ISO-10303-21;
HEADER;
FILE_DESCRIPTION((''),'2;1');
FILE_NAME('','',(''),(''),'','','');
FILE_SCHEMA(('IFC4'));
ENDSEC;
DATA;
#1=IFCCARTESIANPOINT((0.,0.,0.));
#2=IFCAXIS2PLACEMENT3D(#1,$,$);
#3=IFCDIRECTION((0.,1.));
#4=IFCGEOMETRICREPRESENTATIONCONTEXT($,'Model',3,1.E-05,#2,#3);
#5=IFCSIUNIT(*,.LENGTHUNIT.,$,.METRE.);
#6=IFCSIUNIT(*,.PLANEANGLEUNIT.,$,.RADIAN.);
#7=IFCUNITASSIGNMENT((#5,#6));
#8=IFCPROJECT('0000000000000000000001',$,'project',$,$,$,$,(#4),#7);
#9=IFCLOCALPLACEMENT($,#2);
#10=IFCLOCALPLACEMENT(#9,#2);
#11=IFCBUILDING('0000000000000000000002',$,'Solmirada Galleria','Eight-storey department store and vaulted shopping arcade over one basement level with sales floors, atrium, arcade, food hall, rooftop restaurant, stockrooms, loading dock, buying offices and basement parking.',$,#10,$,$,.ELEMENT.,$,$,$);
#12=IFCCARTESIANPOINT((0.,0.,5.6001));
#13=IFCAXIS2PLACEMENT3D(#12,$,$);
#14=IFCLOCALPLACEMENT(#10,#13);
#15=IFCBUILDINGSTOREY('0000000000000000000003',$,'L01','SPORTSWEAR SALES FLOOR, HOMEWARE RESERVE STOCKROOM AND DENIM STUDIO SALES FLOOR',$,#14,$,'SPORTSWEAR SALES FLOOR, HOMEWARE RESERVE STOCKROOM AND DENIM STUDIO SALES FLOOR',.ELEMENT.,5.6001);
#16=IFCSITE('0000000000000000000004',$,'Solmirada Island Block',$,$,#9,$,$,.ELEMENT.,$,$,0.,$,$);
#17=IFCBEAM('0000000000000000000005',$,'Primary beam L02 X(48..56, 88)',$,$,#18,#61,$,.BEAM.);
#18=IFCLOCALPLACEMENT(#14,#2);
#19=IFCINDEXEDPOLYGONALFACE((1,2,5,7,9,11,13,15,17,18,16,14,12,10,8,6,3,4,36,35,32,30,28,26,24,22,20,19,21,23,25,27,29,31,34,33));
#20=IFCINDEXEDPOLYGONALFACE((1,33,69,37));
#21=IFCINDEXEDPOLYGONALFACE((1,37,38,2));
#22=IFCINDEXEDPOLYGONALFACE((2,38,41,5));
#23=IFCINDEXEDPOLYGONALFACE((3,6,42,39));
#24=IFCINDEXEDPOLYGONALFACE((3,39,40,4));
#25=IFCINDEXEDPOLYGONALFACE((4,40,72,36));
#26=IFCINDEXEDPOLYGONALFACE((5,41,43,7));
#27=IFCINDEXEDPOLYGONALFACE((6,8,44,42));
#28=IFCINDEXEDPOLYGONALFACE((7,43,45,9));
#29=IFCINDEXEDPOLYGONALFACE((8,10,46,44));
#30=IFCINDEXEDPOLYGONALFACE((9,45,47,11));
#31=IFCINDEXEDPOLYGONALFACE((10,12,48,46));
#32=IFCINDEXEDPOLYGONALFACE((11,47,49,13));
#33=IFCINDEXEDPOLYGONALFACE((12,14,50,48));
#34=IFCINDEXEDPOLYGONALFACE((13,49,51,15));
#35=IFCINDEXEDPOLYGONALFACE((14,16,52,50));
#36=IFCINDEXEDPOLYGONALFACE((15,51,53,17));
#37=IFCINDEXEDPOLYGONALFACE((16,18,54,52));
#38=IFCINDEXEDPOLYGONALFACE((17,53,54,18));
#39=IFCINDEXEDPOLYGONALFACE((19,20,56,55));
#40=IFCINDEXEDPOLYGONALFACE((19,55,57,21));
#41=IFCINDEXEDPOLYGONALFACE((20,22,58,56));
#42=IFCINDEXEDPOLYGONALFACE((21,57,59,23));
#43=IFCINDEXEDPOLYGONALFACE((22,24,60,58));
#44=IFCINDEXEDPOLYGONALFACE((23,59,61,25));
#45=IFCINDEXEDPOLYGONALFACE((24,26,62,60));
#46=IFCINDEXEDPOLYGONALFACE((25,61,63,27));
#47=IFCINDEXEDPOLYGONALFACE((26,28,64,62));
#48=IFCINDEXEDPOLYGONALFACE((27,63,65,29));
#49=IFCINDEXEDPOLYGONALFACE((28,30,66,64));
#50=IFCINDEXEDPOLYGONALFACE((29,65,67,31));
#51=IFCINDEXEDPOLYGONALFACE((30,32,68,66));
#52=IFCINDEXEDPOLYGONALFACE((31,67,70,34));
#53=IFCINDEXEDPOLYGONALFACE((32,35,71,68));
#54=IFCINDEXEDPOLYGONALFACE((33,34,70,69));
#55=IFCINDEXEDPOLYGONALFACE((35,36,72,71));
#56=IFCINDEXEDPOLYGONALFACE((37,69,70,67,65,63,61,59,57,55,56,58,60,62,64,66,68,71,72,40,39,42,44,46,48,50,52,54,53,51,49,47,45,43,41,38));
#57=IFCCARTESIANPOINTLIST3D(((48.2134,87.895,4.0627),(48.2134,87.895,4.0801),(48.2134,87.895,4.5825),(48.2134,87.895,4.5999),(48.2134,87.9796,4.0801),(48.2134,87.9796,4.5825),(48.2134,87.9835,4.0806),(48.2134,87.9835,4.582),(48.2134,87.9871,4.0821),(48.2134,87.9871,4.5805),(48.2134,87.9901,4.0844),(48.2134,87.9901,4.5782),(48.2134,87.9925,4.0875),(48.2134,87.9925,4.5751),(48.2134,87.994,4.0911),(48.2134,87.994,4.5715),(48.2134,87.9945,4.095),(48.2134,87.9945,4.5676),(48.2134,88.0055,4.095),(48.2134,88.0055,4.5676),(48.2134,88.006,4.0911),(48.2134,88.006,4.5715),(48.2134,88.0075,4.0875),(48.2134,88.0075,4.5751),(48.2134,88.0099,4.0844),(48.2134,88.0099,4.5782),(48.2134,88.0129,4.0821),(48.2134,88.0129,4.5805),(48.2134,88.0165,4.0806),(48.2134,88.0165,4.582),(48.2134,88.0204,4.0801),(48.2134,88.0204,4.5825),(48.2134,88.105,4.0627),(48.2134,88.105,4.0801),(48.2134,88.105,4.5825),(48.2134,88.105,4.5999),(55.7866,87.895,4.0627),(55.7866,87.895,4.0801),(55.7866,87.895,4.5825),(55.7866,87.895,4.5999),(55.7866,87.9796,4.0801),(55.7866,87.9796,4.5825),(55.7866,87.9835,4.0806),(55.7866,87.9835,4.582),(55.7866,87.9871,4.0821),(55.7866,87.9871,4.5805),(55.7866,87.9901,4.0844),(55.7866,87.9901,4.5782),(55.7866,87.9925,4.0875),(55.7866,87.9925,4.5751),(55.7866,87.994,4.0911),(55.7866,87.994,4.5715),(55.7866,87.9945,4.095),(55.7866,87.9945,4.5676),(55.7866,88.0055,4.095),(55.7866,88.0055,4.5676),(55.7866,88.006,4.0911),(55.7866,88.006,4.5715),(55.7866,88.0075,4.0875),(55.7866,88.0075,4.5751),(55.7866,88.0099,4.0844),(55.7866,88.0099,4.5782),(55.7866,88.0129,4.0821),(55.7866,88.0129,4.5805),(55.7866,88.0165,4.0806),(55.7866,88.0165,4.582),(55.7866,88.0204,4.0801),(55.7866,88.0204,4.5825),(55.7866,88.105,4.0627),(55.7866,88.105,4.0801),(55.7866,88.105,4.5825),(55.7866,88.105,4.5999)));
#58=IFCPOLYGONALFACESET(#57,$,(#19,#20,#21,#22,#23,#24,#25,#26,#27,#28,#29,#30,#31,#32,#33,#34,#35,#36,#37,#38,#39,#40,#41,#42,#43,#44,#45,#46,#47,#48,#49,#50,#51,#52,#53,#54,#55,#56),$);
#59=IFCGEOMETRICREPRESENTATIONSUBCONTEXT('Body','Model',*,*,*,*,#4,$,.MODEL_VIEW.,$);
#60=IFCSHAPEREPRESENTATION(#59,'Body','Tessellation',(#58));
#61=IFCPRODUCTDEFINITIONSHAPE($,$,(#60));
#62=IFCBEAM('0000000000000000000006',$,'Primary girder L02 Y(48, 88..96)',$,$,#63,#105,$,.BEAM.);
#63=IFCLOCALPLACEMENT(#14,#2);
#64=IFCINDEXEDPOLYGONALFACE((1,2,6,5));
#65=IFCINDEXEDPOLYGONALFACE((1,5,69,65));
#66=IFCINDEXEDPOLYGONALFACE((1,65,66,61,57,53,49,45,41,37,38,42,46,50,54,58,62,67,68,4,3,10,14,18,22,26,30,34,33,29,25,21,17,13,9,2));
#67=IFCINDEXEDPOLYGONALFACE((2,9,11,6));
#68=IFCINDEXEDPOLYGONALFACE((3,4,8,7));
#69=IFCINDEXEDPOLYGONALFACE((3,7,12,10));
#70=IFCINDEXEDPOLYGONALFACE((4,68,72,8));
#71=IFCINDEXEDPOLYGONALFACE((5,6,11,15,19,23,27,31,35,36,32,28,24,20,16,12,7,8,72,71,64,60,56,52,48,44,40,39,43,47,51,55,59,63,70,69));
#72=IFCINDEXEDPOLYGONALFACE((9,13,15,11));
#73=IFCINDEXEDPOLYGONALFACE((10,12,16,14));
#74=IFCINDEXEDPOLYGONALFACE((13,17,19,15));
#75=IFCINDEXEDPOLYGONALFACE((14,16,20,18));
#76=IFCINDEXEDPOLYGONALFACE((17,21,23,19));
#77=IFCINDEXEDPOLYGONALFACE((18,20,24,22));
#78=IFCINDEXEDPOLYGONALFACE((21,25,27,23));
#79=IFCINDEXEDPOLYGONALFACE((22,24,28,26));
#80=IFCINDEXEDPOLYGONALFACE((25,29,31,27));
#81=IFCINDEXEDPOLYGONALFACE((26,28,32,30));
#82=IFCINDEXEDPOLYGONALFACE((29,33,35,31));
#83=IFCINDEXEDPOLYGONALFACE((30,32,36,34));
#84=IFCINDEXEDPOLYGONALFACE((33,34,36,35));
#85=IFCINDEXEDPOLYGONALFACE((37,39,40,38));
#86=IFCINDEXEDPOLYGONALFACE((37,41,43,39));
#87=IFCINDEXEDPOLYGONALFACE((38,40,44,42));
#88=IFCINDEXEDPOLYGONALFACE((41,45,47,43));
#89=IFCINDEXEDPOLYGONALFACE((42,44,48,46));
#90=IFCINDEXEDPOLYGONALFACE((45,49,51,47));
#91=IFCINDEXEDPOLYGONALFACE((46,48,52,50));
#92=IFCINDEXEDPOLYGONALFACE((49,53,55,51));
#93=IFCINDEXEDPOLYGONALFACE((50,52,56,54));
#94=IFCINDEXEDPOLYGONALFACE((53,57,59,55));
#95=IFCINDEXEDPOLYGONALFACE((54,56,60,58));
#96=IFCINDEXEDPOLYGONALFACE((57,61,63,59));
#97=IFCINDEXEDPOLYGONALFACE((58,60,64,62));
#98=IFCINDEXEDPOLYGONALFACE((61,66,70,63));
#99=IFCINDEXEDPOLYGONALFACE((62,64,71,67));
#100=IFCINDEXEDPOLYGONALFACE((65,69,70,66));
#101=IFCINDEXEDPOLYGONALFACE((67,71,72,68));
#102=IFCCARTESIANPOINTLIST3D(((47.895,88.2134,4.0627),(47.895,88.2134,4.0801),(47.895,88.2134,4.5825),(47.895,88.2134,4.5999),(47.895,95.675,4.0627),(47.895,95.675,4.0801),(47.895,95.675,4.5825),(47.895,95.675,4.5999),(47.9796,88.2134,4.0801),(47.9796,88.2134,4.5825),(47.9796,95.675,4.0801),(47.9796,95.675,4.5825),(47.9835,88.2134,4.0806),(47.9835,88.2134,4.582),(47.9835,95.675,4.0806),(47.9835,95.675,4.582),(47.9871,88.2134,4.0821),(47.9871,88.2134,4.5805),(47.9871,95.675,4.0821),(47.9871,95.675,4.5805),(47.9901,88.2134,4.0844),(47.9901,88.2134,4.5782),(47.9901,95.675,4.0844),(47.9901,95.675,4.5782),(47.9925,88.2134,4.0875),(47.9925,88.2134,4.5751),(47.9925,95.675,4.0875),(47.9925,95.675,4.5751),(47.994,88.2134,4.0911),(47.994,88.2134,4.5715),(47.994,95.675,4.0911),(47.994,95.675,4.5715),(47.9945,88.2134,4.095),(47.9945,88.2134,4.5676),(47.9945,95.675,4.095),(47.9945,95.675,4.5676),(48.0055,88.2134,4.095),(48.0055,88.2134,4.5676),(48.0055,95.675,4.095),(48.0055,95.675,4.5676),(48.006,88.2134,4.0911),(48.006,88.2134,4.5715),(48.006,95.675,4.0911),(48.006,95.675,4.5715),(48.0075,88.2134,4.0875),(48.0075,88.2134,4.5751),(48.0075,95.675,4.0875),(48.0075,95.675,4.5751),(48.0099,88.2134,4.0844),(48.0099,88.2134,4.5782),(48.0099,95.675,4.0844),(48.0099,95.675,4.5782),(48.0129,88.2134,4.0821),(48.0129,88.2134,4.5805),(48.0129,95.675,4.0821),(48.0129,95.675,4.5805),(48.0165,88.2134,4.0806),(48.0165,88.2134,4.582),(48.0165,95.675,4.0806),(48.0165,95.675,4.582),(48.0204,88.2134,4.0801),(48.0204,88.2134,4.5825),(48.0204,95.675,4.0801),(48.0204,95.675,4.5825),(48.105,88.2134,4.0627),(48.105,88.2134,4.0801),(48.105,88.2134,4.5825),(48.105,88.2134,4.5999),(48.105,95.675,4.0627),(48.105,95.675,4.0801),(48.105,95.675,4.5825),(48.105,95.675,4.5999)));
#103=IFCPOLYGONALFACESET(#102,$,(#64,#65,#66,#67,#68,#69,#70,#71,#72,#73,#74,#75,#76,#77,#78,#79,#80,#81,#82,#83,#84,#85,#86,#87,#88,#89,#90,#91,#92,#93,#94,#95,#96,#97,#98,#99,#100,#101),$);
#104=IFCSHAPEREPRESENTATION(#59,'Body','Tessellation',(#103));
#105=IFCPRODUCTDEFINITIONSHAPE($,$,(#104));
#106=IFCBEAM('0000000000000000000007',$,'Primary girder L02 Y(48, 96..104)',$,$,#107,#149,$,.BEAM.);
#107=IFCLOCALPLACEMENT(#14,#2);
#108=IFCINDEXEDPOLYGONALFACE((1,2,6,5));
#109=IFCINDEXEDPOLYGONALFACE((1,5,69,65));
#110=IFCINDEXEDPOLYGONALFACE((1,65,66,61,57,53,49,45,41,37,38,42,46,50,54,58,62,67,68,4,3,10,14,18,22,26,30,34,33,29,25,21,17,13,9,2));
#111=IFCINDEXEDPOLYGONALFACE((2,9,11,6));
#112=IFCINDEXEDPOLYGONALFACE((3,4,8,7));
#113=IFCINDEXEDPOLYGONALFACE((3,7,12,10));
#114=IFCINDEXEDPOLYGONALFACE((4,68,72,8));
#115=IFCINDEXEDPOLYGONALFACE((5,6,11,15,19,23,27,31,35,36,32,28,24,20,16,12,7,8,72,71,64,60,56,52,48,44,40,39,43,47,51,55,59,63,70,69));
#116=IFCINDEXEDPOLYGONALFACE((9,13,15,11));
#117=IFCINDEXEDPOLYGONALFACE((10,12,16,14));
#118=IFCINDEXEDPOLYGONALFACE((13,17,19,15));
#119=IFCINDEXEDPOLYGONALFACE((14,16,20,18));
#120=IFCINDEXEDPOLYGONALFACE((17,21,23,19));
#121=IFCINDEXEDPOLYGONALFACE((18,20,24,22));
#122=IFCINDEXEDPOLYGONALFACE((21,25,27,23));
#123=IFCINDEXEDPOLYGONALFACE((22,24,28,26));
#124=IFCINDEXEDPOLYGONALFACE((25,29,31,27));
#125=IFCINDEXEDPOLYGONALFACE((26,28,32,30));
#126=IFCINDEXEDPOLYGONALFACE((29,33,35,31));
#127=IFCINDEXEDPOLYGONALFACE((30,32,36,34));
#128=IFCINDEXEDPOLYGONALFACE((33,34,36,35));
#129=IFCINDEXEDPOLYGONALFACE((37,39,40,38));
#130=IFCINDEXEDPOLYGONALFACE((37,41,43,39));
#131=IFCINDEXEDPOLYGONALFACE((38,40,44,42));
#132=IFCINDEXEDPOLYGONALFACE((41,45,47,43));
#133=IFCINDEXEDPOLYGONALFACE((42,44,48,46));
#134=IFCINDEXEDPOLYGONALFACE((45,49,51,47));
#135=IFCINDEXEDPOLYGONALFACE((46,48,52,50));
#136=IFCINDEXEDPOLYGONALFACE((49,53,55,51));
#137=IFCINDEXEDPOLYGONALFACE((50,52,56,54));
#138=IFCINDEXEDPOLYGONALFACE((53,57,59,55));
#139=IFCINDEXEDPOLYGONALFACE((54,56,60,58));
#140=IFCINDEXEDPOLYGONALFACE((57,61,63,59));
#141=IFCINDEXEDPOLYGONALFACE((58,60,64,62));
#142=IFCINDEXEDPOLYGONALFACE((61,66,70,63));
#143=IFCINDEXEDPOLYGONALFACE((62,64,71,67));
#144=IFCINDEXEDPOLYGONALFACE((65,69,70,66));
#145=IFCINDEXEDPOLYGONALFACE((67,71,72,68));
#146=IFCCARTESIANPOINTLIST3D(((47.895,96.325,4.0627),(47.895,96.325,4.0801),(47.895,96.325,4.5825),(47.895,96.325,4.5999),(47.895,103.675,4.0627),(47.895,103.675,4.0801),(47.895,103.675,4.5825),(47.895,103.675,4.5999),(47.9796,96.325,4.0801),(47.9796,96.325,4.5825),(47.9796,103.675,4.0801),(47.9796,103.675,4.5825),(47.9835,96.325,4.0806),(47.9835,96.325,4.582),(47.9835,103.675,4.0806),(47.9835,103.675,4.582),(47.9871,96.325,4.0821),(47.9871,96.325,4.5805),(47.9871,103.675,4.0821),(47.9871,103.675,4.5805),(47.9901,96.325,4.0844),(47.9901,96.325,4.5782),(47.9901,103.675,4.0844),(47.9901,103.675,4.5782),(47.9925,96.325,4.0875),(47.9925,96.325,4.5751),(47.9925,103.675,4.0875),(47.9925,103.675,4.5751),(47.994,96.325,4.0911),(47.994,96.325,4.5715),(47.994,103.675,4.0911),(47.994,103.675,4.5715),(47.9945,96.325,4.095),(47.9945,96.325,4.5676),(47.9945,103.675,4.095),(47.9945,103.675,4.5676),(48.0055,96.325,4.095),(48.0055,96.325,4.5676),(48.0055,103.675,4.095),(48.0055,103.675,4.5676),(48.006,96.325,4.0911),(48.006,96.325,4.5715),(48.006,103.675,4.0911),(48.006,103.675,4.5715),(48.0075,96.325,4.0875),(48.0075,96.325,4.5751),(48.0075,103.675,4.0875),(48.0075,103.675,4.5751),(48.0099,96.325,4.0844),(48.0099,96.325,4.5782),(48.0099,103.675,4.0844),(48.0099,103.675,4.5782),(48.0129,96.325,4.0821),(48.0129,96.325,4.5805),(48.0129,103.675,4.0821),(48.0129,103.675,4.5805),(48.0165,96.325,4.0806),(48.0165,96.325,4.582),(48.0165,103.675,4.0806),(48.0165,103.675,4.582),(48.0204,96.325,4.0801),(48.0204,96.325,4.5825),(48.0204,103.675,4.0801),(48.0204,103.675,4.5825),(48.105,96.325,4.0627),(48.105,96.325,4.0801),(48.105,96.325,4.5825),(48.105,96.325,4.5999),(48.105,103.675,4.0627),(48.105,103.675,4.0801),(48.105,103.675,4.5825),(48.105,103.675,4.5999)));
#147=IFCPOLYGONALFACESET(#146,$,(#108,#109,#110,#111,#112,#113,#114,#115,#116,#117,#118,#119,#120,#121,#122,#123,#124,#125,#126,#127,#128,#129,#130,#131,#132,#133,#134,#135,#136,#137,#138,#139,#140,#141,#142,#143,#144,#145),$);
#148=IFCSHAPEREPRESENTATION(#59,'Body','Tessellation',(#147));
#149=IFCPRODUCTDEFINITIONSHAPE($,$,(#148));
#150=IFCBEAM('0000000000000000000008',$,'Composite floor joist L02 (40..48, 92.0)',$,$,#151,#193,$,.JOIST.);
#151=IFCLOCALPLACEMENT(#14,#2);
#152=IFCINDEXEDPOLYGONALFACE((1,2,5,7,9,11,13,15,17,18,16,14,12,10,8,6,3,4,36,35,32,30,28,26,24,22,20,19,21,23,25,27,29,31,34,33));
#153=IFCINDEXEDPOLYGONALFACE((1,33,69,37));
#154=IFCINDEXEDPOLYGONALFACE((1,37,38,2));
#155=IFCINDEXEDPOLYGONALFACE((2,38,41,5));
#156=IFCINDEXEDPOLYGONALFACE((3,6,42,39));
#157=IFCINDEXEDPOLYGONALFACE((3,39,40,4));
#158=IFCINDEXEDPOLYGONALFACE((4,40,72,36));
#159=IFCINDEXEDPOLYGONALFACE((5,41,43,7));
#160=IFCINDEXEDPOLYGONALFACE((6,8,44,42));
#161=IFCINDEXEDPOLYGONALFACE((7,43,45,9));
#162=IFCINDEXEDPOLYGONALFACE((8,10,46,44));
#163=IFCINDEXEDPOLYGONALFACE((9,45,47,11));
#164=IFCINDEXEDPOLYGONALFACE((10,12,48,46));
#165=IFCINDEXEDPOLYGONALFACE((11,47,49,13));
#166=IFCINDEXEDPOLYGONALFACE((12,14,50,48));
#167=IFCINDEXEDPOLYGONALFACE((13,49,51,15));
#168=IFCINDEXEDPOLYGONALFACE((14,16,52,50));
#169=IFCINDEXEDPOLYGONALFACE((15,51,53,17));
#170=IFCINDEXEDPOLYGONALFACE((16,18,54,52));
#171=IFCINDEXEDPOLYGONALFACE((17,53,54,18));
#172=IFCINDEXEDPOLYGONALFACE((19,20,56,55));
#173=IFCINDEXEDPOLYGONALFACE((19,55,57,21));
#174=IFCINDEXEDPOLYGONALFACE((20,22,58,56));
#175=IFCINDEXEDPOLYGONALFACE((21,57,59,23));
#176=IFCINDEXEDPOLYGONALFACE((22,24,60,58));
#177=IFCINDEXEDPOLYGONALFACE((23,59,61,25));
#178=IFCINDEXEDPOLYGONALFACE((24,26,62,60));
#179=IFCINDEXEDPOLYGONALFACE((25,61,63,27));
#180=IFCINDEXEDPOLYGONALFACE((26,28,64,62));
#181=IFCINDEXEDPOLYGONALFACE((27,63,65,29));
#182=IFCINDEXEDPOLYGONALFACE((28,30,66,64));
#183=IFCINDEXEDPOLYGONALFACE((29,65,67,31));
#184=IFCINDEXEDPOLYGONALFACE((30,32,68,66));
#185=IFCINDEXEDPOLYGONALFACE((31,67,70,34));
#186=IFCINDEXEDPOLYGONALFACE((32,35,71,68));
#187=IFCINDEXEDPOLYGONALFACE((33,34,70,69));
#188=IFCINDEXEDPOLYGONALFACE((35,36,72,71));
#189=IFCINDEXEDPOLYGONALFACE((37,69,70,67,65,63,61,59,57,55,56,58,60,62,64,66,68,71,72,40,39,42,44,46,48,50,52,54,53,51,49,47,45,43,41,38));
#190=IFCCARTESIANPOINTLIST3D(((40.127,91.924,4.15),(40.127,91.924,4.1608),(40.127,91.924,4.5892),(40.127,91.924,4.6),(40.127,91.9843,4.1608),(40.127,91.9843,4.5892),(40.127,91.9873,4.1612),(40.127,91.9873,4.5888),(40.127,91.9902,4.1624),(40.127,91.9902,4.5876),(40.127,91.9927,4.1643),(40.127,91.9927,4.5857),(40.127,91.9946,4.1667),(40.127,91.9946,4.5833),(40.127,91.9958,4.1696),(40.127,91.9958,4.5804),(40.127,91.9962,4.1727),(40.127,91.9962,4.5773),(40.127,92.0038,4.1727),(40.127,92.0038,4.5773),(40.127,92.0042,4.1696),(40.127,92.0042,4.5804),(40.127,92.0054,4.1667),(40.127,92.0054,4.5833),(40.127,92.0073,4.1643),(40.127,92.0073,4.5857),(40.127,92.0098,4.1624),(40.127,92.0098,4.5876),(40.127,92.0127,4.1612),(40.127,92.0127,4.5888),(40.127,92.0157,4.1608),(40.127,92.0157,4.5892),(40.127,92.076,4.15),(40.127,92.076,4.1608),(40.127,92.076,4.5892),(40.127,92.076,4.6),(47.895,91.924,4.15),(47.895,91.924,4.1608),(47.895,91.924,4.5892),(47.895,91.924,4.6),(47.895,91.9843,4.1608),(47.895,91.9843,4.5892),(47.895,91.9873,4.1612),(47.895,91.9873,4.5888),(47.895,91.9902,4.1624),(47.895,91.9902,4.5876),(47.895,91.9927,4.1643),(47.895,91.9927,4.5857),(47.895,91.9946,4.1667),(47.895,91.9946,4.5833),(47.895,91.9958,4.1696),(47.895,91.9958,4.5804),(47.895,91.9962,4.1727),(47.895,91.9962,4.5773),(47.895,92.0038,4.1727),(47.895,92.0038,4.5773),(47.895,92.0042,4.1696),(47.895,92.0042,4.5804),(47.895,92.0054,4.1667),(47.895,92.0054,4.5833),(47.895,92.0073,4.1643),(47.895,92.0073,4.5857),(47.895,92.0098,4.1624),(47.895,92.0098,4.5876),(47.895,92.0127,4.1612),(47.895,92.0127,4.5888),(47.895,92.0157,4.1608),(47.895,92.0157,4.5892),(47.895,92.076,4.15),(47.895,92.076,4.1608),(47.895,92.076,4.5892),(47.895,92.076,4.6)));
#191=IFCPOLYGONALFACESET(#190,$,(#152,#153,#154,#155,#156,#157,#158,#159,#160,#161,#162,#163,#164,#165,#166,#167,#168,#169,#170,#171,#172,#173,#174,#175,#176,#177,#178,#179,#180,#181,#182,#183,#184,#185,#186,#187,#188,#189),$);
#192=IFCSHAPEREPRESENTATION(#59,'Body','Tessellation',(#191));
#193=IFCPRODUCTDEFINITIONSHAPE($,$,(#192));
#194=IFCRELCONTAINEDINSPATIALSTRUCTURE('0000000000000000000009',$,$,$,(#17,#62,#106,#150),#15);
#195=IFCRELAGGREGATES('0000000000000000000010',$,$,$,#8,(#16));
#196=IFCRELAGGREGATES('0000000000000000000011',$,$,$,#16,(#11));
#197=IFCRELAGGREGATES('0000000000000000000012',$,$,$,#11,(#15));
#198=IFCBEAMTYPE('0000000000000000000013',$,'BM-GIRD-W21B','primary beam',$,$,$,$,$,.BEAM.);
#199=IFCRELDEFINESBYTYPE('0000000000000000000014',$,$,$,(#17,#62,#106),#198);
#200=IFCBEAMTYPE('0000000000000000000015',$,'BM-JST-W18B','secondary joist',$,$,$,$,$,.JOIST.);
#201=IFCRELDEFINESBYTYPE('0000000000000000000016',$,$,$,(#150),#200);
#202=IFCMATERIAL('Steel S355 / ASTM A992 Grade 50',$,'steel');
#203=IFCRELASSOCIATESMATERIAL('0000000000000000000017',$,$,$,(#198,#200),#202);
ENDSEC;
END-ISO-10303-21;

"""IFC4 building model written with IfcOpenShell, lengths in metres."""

from ifc_helpers import new_model, si_unit, direction, frame, origin, origin_2d, place, context, subcontext, project, spatial, i_section, extrude, material, material_profile, profile_set, type_object, element, save


model = new_model("IFC4")

# Units and contexts
model_context = context("Model", 3, precision=1e-05, world=origin(), true_north=direction((0.0, 1.0)))
body_context = subcontext(model_context, "Body", "Model", "MODEL_VIEW")
ifc_project = project(units=[si_unit("LENGTHUNIT", "METRE"), si_unit("PLANEANGLEUNIT", "RADIAN")], contexts=[model_context])

# Site, building, storey
site_placement = place(None, origin())
site = spatial("IfcSite", under=ifc_project, at=site_placement, Name="Solmirada Island Block", CompositionType="ELEMENT", RefElevation=0.0)
building_placement = place(site_placement, origin())
building = spatial("IfcBuilding", under=site, at=building_placement, Name="Solmirada Galleria", Description="Eight-storey department store and vaulted shopping arcade over one basement level with sales floors, atrium, arcade, food hall, rooftop restaurant, stockrooms, loading dock, buying offices and basement parking.", CompositionType="ELEMENT")
storey_placement = place(building_placement, frame((0.0, 0.0, 5.6001)))
storey = spatial("IfcBuildingStorey", under=building, at=storey_placement, Name="L01", Description="SPORTSWEAR SALES FLOOR, HOMEWARE RESERVE STOCKROOM AND DENIM STUDIO SALES FLOOR", LongName="SPORTSWEAR SALES FLOOR, HOMEWARE RESERVE STOCKROOM AND DENIM STUDIO SALES FLOOR", CompositionType="ELEMENT", Elevation=5.6001)

# Beams
ifc_material_1 = material(Name="Steel S355 / ASTM A992 Grade 50", Category="steel")
ifc_material_profile_1 = material_profile(ifc_material_1, i_section(OverallWidth=0.21, OverallDepth=0.5371, WebThickness=0.011, FlangeThickness=0.0173, FilletRadius=0.0149, at=origin_2d()), Name="W21X68")
ifc_profile_set_1 = profile_set([ifc_material_profile_1], Name="Steel S355 / ASTM A992 Grade 50")
beam_type_1 = type_object("IfcBeamType", Name="BM-GIRD-W21B", Description="primary beam", PredefinedType="BEAM", material=ifc_profile_set_1)
beam_1_placement = place(storey_placement, frame((48.2134, 88.0, 4.3313), z_axis=(1.0, 0.0, 0.0), x_axis=(0.0, 1.0, 0.0)))
element("IfcBeam", 1, at=beam_1_placement, inside=storey, type_object=beam_type_1, Name="Primary beam L02 X(48..56, 88)", PredefinedType="BEAM", context=body_context, shape_type="SweptSolid", body=[
    extrude(i_section(OverallWidth=0.21, OverallDepth=0.5371, WebThickness=0.011, FlangeThickness=0.0173, FilletRadius=0.0149, at=origin_2d()), origin(), (0.0, 0.0, 1.0), 7.5732),
])
beam_2_placement = place(storey_placement, frame((48.0, 88.2134, 4.3313), z_axis=(0.0, 1.0, 0.0), x_axis=(-1.0, 0.0, 0.0)))
element("IfcBeam", 2, at=beam_2_placement, inside=storey, type_object=beam_type_1, Name="Primary girder L02 Y(48, 88..96)", PredefinedType="BEAM", context=body_context, shape_type="SweptSolid", body=[
    extrude(i_section(OverallWidth=0.21, OverallDepth=0.5371, WebThickness=0.011, FlangeThickness=0.0173, FilletRadius=0.0149, at=origin_2d()), origin(), (0.0, 0.0, 1.0), 7.4617),
])
beam_3_placement = place(storey_placement, frame((48.0, 96.325, 4.3313), z_axis=(0.0, 1.0, 0.0), x_axis=(-1.0, 0.0, 0.0)))
element("IfcBeam", 3, at=beam_3_placement, inside=storey, type_object=beam_type_1, Name="Primary girder L02 Y(48, 96..104)", PredefinedType="BEAM", context=body_context, shape_type="SweptSolid", body=[
    extrude(i_section(OverallWidth=0.21, OverallDepth=0.5371, WebThickness=0.011, FlangeThickness=0.0173, FilletRadius=0.0149, at=origin_2d()), origin(), (0.0, 0.0, 1.0), 7.3501),
])
ifc_material_profile_2 = material_profile(ifc_material_1, i_section(OverallWidth=0.1521, OverallDepth=0.45, WebThickness=0.0076, FlangeThickness=0.0107, FilletRadius=0.012, at=origin_2d()), Name="W18X35")
ifc_profile_set_2 = profile_set([ifc_material_profile_2], Name="Steel S355 / ASTM A992 Grade 50")
beam_type_2 = type_object("IfcBeamType", Name="BM-JST-W18B", Description="secondary joist", PredefinedType="JOIST", material=ifc_profile_set_2)
beam_4_placement = place(storey_placement, frame((40.127, 92.0, 4.375), z_axis=(1.0, 0.0, 0.0), x_axis=(0.0, 1.0, 0.0)))
element("IfcBeam", 4, at=beam_4_placement, inside=storey, type_object=beam_type_2, Name="Composite floor joist L02 (40..48, 92.0)", PredefinedType="JOIST", context=body_context, shape_type="SweptSolid", body=[
    extrude(i_section(OverallWidth=0.1521, OverallDepth=0.45, WebThickness=0.0076, FlangeThickness=0.0107, FilletRadius=0.012, at=origin_2d()), origin(), (0.0, 0.0, 1.0), 7.7681),
])

save(model, "model.ifc")
